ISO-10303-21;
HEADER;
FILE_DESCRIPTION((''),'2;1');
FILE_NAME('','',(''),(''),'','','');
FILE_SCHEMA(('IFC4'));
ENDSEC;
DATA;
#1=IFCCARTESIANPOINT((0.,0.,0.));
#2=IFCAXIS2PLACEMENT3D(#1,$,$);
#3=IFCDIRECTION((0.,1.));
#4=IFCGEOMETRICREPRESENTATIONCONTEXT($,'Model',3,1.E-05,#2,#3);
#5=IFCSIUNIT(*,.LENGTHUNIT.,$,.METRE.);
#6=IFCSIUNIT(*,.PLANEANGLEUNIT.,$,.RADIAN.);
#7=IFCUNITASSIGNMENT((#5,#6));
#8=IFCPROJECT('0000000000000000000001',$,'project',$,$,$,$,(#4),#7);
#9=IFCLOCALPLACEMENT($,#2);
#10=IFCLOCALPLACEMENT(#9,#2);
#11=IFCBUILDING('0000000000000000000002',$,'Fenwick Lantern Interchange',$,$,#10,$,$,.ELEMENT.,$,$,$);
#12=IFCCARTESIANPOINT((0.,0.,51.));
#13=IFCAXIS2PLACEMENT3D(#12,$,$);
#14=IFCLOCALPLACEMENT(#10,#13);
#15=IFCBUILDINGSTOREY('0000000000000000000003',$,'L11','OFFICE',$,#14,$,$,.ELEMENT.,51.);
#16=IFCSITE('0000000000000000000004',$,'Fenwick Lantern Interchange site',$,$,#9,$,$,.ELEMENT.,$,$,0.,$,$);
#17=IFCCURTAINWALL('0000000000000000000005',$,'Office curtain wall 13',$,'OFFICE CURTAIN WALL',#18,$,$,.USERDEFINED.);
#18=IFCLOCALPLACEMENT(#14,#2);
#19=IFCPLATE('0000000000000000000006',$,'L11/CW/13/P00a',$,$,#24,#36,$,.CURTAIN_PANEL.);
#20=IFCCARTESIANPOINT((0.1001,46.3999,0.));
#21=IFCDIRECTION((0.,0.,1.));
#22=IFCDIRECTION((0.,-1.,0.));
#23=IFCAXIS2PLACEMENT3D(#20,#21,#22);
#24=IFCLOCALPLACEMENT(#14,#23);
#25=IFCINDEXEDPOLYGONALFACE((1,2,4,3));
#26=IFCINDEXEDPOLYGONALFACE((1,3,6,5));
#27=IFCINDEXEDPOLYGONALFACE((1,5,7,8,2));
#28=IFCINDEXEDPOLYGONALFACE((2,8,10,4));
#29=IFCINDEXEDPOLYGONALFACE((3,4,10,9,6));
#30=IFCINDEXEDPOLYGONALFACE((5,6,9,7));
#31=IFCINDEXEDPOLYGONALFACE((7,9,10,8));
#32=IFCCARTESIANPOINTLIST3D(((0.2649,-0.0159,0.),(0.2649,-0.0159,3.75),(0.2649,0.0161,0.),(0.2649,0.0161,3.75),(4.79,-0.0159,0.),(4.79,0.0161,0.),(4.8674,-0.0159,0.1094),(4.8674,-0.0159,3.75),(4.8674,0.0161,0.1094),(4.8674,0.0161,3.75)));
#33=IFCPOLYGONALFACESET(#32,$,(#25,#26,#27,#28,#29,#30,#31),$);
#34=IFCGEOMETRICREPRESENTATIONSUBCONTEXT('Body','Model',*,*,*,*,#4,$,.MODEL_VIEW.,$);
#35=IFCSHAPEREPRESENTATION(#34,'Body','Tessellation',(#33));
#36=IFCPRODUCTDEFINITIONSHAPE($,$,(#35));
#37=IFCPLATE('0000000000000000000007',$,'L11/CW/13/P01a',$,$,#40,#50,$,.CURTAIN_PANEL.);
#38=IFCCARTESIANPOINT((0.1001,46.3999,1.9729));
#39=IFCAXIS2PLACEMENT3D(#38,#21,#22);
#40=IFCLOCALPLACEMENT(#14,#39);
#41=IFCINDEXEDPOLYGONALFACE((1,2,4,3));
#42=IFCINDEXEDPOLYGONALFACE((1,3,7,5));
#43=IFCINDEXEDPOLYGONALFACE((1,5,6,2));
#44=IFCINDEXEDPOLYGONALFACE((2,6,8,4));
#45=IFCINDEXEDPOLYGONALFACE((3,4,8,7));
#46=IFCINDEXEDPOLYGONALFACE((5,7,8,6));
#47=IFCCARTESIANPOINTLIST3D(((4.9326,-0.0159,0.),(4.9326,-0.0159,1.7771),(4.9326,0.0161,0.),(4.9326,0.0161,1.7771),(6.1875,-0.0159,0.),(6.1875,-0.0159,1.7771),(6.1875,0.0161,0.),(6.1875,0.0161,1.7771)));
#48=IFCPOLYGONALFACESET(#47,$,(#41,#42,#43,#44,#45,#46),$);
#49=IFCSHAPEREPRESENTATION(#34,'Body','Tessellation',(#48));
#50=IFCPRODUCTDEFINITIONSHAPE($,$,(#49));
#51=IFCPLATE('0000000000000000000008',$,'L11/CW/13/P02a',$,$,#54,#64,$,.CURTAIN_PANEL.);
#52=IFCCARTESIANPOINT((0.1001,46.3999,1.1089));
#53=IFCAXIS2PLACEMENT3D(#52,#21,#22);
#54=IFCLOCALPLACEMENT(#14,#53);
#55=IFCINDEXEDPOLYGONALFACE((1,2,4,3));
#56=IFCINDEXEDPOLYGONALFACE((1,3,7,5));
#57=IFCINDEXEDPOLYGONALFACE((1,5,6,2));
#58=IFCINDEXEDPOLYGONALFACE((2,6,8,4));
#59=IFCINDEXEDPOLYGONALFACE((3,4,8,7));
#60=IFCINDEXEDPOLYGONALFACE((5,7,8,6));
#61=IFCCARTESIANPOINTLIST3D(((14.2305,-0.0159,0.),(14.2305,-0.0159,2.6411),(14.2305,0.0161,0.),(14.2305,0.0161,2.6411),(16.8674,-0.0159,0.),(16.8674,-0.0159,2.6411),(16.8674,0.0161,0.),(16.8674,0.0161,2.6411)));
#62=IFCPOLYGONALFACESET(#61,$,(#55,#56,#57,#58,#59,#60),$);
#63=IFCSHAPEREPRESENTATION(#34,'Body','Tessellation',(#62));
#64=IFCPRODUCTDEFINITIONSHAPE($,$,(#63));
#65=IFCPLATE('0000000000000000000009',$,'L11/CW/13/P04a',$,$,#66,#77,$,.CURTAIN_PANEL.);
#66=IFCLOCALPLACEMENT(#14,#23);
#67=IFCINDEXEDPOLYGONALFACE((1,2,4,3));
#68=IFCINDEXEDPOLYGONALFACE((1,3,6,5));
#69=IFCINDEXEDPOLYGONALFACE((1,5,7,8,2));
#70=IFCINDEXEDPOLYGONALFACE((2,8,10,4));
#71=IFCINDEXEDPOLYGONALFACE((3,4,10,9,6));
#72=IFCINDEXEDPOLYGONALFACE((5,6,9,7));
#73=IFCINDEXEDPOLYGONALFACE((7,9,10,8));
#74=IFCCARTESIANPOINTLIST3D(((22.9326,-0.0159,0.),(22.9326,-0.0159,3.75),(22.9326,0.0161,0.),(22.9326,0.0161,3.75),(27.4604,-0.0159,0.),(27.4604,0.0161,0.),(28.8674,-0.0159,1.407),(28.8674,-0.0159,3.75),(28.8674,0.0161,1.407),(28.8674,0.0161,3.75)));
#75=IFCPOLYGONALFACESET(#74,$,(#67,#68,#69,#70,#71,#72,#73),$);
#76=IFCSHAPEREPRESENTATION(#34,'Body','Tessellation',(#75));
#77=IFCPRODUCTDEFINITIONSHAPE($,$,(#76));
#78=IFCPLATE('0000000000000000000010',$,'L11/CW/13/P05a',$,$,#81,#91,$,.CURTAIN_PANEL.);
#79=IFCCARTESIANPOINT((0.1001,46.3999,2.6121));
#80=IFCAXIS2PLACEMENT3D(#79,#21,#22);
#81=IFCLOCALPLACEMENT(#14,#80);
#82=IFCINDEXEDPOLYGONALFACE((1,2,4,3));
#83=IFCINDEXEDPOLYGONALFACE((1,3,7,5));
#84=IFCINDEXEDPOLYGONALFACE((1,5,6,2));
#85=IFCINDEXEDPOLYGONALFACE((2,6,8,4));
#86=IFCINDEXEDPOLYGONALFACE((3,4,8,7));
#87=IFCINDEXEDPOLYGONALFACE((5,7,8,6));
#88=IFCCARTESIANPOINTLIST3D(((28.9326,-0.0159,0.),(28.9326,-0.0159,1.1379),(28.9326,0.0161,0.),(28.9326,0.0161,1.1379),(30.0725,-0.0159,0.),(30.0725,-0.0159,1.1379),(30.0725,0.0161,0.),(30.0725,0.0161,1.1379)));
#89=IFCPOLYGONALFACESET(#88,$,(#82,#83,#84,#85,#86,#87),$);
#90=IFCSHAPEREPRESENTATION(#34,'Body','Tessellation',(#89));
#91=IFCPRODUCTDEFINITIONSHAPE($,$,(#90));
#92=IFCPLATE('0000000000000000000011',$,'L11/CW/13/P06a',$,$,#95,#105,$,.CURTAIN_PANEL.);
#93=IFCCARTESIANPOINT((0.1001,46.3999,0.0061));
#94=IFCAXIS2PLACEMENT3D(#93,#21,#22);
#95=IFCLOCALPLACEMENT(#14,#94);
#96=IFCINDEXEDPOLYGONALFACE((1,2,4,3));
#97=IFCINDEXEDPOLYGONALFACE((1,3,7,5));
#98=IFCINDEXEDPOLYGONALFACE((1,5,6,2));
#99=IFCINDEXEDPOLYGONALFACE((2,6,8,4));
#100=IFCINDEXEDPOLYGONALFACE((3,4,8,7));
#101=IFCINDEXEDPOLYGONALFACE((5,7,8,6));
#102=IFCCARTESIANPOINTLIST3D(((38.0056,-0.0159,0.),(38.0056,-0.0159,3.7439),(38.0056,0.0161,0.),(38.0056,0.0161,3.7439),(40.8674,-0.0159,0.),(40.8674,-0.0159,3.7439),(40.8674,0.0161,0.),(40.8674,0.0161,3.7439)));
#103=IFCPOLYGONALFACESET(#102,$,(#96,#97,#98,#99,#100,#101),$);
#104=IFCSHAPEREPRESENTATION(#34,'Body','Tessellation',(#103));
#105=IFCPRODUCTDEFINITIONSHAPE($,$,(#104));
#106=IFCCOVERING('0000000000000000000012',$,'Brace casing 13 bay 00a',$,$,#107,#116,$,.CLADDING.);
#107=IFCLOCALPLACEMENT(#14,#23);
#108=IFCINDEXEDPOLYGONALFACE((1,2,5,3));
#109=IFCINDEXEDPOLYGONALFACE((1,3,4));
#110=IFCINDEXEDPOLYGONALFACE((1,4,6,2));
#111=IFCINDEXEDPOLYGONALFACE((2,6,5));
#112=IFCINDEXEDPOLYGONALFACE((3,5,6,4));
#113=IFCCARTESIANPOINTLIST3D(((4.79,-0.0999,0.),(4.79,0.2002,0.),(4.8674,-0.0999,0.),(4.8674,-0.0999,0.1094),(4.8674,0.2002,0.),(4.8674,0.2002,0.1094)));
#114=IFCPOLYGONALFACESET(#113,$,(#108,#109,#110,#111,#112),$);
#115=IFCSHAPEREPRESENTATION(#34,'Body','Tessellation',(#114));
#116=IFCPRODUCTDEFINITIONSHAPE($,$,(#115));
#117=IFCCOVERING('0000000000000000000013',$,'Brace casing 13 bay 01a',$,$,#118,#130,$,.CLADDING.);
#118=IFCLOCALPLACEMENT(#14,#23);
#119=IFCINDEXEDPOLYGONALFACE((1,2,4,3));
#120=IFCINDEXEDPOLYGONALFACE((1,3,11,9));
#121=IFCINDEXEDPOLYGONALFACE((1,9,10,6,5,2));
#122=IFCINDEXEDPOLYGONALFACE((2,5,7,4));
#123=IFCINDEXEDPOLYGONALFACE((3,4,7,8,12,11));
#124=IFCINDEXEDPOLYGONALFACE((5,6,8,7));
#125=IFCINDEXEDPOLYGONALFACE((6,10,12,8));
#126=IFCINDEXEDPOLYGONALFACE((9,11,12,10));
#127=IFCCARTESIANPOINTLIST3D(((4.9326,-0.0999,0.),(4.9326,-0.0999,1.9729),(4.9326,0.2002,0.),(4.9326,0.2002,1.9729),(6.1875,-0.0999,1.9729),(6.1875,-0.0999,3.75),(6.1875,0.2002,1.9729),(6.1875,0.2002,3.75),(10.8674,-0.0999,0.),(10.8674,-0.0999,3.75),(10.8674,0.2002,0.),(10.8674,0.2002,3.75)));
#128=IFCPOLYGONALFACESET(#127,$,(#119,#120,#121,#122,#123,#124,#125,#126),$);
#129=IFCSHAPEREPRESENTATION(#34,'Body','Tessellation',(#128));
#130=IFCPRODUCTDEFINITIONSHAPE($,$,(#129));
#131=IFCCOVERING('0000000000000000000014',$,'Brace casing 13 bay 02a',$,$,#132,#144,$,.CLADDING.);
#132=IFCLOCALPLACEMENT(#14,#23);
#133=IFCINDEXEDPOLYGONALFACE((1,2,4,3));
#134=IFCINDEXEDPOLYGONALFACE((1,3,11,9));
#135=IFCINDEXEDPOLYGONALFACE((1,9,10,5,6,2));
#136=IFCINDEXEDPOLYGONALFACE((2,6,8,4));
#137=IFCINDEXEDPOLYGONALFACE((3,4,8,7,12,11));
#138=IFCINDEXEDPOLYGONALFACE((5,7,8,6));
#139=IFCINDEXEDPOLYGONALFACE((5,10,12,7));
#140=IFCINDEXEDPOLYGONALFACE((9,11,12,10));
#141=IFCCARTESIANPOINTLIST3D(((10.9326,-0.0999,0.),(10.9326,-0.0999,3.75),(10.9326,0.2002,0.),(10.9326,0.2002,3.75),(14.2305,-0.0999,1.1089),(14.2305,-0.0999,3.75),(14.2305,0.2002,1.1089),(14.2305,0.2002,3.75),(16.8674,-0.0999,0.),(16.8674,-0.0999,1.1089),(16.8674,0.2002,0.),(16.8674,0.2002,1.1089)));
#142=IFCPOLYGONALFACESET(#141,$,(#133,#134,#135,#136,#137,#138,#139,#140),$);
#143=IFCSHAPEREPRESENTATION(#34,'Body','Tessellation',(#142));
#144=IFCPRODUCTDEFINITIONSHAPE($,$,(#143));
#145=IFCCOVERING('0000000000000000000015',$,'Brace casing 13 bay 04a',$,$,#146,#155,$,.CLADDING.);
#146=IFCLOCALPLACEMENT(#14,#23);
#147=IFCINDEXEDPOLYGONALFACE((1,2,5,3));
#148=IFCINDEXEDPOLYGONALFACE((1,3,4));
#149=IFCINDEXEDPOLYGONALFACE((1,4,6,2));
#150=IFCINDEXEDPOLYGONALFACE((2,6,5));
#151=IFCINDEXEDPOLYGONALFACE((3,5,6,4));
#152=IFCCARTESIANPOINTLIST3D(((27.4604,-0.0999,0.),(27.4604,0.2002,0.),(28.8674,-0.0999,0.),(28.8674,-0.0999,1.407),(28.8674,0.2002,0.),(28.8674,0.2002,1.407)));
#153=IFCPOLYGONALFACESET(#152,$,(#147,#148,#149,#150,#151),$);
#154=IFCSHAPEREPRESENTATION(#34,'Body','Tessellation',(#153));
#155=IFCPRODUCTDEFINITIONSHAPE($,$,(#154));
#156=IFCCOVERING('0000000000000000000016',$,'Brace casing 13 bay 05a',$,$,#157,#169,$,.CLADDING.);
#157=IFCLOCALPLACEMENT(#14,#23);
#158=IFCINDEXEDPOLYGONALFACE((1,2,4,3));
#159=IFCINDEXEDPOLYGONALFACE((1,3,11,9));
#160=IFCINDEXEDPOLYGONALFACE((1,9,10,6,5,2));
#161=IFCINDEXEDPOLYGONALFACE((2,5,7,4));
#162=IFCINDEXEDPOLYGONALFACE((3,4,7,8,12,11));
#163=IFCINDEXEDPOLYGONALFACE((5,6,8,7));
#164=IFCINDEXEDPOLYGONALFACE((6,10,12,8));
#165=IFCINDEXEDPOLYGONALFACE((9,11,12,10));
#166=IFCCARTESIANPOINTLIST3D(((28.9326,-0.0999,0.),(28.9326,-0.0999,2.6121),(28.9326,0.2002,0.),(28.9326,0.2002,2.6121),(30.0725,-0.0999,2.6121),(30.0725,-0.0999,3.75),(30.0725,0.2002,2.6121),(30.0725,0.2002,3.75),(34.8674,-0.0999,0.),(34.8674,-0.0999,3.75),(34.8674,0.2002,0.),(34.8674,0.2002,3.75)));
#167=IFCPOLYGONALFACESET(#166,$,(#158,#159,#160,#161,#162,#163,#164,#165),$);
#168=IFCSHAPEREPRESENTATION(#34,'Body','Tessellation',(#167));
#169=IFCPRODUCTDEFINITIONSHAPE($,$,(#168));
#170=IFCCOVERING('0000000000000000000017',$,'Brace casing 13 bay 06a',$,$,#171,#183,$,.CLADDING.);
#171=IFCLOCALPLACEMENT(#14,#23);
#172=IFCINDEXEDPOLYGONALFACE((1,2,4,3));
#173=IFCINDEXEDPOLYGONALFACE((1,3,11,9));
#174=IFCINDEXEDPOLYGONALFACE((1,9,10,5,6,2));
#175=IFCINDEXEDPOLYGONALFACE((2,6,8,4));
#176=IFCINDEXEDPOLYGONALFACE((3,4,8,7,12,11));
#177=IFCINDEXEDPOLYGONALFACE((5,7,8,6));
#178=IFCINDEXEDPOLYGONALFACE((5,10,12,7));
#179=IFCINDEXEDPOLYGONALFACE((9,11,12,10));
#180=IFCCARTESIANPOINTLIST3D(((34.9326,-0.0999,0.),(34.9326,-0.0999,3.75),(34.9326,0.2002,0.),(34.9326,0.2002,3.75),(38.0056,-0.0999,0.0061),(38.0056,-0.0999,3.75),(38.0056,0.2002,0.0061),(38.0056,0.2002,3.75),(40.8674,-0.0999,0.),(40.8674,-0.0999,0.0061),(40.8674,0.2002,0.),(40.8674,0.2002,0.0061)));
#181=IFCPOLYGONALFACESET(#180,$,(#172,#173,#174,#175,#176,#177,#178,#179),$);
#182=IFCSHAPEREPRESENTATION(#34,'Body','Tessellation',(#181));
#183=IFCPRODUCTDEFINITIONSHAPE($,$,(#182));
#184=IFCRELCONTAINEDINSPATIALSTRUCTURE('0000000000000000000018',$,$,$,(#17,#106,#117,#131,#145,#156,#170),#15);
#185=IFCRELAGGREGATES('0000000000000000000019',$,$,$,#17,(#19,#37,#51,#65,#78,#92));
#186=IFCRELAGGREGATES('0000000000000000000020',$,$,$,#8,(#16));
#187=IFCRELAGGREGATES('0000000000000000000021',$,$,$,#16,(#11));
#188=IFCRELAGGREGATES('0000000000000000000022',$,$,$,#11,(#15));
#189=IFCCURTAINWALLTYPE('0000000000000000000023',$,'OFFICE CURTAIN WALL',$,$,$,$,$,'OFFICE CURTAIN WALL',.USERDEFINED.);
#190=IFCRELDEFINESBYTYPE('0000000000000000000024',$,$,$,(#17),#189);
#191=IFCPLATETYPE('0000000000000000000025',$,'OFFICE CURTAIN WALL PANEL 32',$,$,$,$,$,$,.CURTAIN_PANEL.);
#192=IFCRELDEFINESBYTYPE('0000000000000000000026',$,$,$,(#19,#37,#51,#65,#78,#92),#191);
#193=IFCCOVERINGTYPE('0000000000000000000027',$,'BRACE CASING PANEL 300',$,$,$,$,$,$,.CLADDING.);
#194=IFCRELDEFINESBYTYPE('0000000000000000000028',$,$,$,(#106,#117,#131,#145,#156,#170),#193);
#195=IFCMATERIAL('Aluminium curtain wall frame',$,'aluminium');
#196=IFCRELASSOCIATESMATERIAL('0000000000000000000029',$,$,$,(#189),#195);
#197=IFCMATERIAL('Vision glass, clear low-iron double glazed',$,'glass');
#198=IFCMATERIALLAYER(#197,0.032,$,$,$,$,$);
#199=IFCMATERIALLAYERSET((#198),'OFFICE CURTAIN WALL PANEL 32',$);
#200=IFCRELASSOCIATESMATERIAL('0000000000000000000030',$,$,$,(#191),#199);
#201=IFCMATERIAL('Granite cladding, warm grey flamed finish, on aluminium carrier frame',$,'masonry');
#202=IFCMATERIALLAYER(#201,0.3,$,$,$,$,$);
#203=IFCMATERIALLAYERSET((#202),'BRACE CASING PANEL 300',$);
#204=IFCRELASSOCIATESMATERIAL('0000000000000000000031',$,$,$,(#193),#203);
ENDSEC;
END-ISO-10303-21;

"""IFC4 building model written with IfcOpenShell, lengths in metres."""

from ifc_helpers import new_model, si_unit, direction, frame, origin, place, context, subcontext, project, spatial, polyline, outline, extrude, material, layer, layer_set, type_object, element, aggregate, save


model = new_model("IFC4")

# Units and contexts
model_context = context("Model", 3, precision=1e-05, world=origin(), true_north=direction((0.0, 1.0)))
body_context = subcontext(model_context, "Body", "Model", "MODEL_VIEW")
ifc_project = project(units=[si_unit("LENGTHUNIT", "METRE"), si_unit("PLANEANGLEUNIT", "RADIAN")], contexts=[model_context])

# Site, building, storey
site_placement = place(None, origin())
site = spatial("IfcSite", under=ifc_project, at=site_placement, Name="Fenwick Lantern Interchange site", CompositionType="ELEMENT", RefElevation=0.0)
building_placement = place(site_placement, origin())
building = spatial("IfcBuilding", under=site, at=building_placement, Name="Fenwick Lantern Interchange", CompositionType="ELEMENT")
storey_placement = place(building_placement, frame((0.0, 0.0, 51.0)))
storey = spatial("IfcBuildingStorey", under=building, at=storey_placement, Name="L11", Description="OFFICE", CompositionType="ELEMENT", Elevation=51.0)

# Shared definitions
ifc_material_1 = material(Name="Aluminium curtain wall frame", Category="aluminium")
curtain_wall_type = type_object("IfcCurtainWallType", Name="OFFICE CURTAIN WALL", ElementType="OFFICE CURTAIN WALL", PredefinedType="USERDEFINED", material=ifc_material_1)

# Curtain wall
curtain_wall_1_placement = place(storey_placement, origin())
curtain_wall_1 = element("IfcCurtainWall", 1, at=curtain_wall_1_placement, inside=storey, type_object=curtain_wall_type, Name="Office curtain wall 13", ObjectType="OFFICE CURTAIN WALL", PredefinedType="USERDEFINED")

# Plates
ifc_material_2 = material(Name="Vision glass, clear low-iron double glazed", Category="glass")
ifc_layer_1 = layer(ifc_material_2, 0.032)
ifc_layer_set_1 = layer_set([ifc_layer_1], Name="OFFICE CURTAIN WALL PANEL 32")
plate_type = type_object("IfcPlateType", Name="OFFICE CURTAIN WALL PANEL 32", PredefinedType="CURTAIN_PANEL", material=ifc_layer_set_1)
plate_1_placement = place(storey_placement, frame((0.1001, 46.3999, 0.0), z_axis=(0.0, 0.0, 1.0), x_axis=(0.0, -1.0, 0.0)))
plate_1 = element("IfcPlate", 2, at=plate_1_placement, type_object=plate_type, Name="L11/CW/13/P00a", PredefinedType="CURTAIN_PANEL", context=body_context, shape_type="SweptSolid", body=[
    extrude(outline(polyline([(0.2649, 0.0), (4.79, 0.0), (4.8674, 0.1094), (4.8674, 3.75), (0.2649, 3.75), (0.2649, 0.0)])), frame((0.0, 0.0161, 0.0), z_axis=(0.0, -1.0, 0.0), x_axis=(1.0, 0.0, 0.0)), (0.0, 0.0, 1.0), 0.032),
])
plate_2_placement = place(storey_placement, frame((0.1001, 46.3999, 1.9729), z_axis=(0.0, 0.0, 1.0), x_axis=(0.0, -1.0, 0.0)))
plate_2 = element("IfcPlate", 3, at=plate_2_placement, type_object=plate_type, Name="L11/CW/13/P01a", PredefinedType="CURTAIN_PANEL", context=body_context, shape_type="SweptSolid", body=[
    extrude(outline(polyline([(4.9326, 0.0), (6.1875, 0.0), (6.1875, 1.7771), (4.9326, 1.7771), (4.9326, 0.0)])), frame((0.0, 0.0161, 0.0), z_axis=(0.0, -1.0, 0.0), x_axis=(1.0, 0.0, 0.0)), (0.0, 0.0, 1.0), 0.032),
])
plate_3_placement = place(storey_placement, frame((0.1001, 46.3999, 1.1089), z_axis=(0.0, 0.0, 1.0), x_axis=(0.0, -1.0, 0.0)))
plate_3 = element("IfcPlate", 4, at=plate_3_placement, type_object=plate_type, Name="L11/CW/13/P02a", PredefinedType="CURTAIN_PANEL", context=body_context, shape_type="SweptSolid", body=[
    extrude(outline(polyline([(14.2305, 0.0), (16.8674, 0.0), (16.8674, 2.6411), (14.2305, 2.6411), (14.2305, 0.0)])), frame((0.0, 0.0161, 0.0), z_axis=(0.0, -1.0, 0.0), x_axis=(1.0, 0.0, 0.0)), (0.0, 0.0, 1.0), 0.032),
])
plate_4_placement = place(storey_placement, frame((0.1001, 46.3999, 0.0), z_axis=(0.0, 0.0, 1.0), x_axis=(0.0, -1.0, 0.0)))
plate_4 = element("IfcPlate", 5, at=plate_4_placement, type_object=plate_type, Name="L11/CW/13/P04a", PredefinedType="CURTAIN_PANEL", context=body_context, shape_type="SweptSolid", body=[
    extrude(outline(polyline([(22.9326, 0.0), (27.4604, 0.0), (28.8674, 1.407), (28.8674, 3.75), (22.9326, 3.75), (22.9326, 0.0)])), frame((0.0, 0.0161, 0.0), z_axis=(0.0, -1.0, 0.0), x_axis=(1.0, 0.0, 0.0)), (0.0, 0.0, 1.0), 0.032),
])
plate_5_placement = place(storey_placement, frame((0.1001, 46.3999, 2.6121), z_axis=(0.0, 0.0, 1.0), x_axis=(0.0, -1.0, 0.0)))
plate_5 = element("IfcPlate", 6, at=plate_5_placement, type_object=plate_type, Name="L11/CW/13/P05a", PredefinedType="CURTAIN_PANEL", context=body_context, shape_type="SweptSolid", body=[
    extrude(outline(polyline([(28.9326, 0.0), (30.0725, 0.0), (30.0725, 1.1379), (28.9326, 1.1379), (28.9326, 0.0)])), frame((0.0, 0.0161, 0.0), z_axis=(0.0, -1.0, 0.0), x_axis=(1.0, 0.0, 0.0)), (0.0, 0.0, 1.0), 0.032),
])
plate_6_placement = place(storey_placement, frame((0.1001, 46.3999, 0.0061), z_axis=(0.0, 0.0, 1.0), x_axis=(0.0, -1.0, 0.0)))
plate_6 = element("IfcPlate", 7, at=plate_6_placement, type_object=plate_type, Name="L11/CW/13/P06a", PredefinedType="CURTAIN_PANEL", context=body_context, shape_type="SweptSolid", body=[
    extrude(outline(polyline([(38.0056, 0.0), (40.8674, 0.0), (40.8674, 3.7439), (38.0056, 3.7439), (38.0056, 0.0)])), frame((0.0, 0.0161, 0.0), z_axis=(0.0, -1.0, 0.0), x_axis=(1.0, 0.0, 0.0)), (0.0, 0.0, 1.0), 0.032),
])
aggregate(curtain_wall_1, [plate_1, plate_2, plate_3, plate_4, plate_5, plate_6])

# Coverings
ifc_material_3 = material(Name="Granite cladding, warm grey flamed finish, on aluminium carrier frame", Category="masonry")
ifc_layer_2 = layer(ifc_material_3, 0.3)
ifc_layer_set_2 = layer_set([ifc_layer_2], Name="BRACE CASING PANEL 300")
covering_type = type_object("IfcCoveringType", Name="BRACE CASING PANEL 300", PredefinedType="CLADDING", material=ifc_layer_set_2)
covering_1_placement = place(storey_placement, frame((0.1001, 46.3999, 0.0), z_axis=(0.0, 0.0, 1.0), x_axis=(0.0, -1.0, 0.0)))
element("IfcCovering", 8, at=covering_1_placement, inside=storey, type_object=covering_type, Name="Brace casing 13 bay 00a", PredefinedType="CLADDING", context=body_context, shape_type="SweptSolid", body=[
    extrude(outline(polyline([(4.79, 0.0), (4.8674, 0.0), (4.8674, 0.1094), (4.79, 0.0)])), frame((0.0, 0.2002, 0.0), z_axis=(0.0, -1.0, 0.0), x_axis=(1.0, 0.0, 0.0)), (0.0, 0.0, 1.0), 0.3),
])
covering_2_placement = place(storey_placement, frame((0.1001, 46.3999, 0.0), z_axis=(0.0, 0.0, 1.0), x_axis=(0.0, -1.0, 0.0)))
element("IfcCovering", 9, at=covering_2_placement, inside=storey, type_object=covering_type, Name="Brace casing 13 bay 01a", PredefinedType="CLADDING", context=body_context, shape_type="SweptSolid", body=[
    extrude(outline(polyline([(4.9326, 0.0), (10.8674, 0.0), (10.8674, 3.75), (6.1875, 3.75), (6.1875, 1.9729), (4.9326, 1.9729), (4.9326, 0.0)])), frame((0.0, 0.2002, 0.0), z_axis=(0.0, -1.0, 0.0), x_axis=(1.0, 0.0, 0.0)), (0.0, 0.0, 1.0), 0.3),
])
covering_3_placement = place(storey_placement, frame((0.1001, 46.3999, 0.0), z_axis=(0.0, 0.0, 1.0), x_axis=(0.0, -1.0, 0.0)))
element("IfcCovering", 10, at=covering_3_placement, inside=storey, type_object=covering_type, Name="Brace casing 13 bay 02a", PredefinedType="CLADDING", context=body_context, shape_type="SweptSolid", body=[
    extrude(outline(polyline([(10.9326, 0.0), (16.8674, 0.0), (16.8674, 1.1089), (14.2305, 1.1089), (14.2305, 3.75), (10.9326, 3.75), (10.9326, 0.0)])), frame((0.0, 0.2002, 0.0), z_axis=(0.0, -1.0, 0.0), x_axis=(1.0, 0.0, 0.0)), (0.0, 0.0, 1.0), 0.3),
])
covering_4_placement = place(storey_placement, frame((0.1001, 46.3999, 0.0), z_axis=(0.0, 0.0, 1.0), x_axis=(0.0, -1.0, 0.0)))
element("IfcCovering", 11, at=covering_4_placement, inside=storey, type_object=covering_type, Name="Brace casing 13 bay 04a", PredefinedType="CLADDING", context=body_context, shape_type="SweptSolid", body=[
    extrude(outline(polyline([(27.4604, 0.0), (28.8674, 0.0), (28.8674, 1.407), (27.4604, 0.0)])), frame((0.0, 0.2002, 0.0), z_axis=(0.0, -1.0, 0.0), x_axis=(1.0, 0.0, 0.0)), (0.0, 0.0, 1.0), 0.3),
])
covering_5_placement = place(storey_placement, frame((0.1001, 46.3999, 0.0), z_axis=(0.0, 0.0, 1.0), x_axis=(0.0, -1.0, 0.0)))
element("IfcCovering", 12, at=covering_5_placement, inside=storey, type_object=covering_type, Name="Brace casing 13 bay 05a", PredefinedType="CLADDING", context=body_context, shape_type="SweptSolid", body=[
    extrude(outline(polyline([(28.9326, 0.0), (34.8674, 0.0), (34.8674, 3.75), (30.0725, 3.75), (30.0725, 2.6121), (28.9326, 2.6121), (28.9326, 0.0)])), frame((0.0, 0.2002, 0.0), z_axis=(0.0, -1.0, 0.0), x_axis=(1.0, 0.0, 0.0)), (0.0, 0.0, 1.0), 0.3),
])
covering_6_placement = place(storey_placement, frame((0.1001, 46.3999, 0.0), z_axis=(0.0, 0.0, 1.0), x_axis=(0.0, -1.0, 0.0)))
element("IfcCovering", 13, at=covering_6_placement, inside=storey, type_object=covering_type, Name="Brace casing 13 bay 06a", PredefinedType="CLADDING", context=body_context, shape_type="SweptSolid", body=[
    extrude(outline(polyline([(34.9326, 0.0), (40.8674, 0.0), (40.8674, 0.0061), (38.0056, 0.0061), (38.0056, 3.75), (34.9326, 3.75), (34.9326, 0.0)])), frame((0.0, 0.2002, 0.0), z_axis=(0.0, -1.0, 0.0), x_axis=(1.0, 0.0, 0.0)), (0.0, 0.0, 1.0), 0.3),
])

save(model, "model.ifc")
